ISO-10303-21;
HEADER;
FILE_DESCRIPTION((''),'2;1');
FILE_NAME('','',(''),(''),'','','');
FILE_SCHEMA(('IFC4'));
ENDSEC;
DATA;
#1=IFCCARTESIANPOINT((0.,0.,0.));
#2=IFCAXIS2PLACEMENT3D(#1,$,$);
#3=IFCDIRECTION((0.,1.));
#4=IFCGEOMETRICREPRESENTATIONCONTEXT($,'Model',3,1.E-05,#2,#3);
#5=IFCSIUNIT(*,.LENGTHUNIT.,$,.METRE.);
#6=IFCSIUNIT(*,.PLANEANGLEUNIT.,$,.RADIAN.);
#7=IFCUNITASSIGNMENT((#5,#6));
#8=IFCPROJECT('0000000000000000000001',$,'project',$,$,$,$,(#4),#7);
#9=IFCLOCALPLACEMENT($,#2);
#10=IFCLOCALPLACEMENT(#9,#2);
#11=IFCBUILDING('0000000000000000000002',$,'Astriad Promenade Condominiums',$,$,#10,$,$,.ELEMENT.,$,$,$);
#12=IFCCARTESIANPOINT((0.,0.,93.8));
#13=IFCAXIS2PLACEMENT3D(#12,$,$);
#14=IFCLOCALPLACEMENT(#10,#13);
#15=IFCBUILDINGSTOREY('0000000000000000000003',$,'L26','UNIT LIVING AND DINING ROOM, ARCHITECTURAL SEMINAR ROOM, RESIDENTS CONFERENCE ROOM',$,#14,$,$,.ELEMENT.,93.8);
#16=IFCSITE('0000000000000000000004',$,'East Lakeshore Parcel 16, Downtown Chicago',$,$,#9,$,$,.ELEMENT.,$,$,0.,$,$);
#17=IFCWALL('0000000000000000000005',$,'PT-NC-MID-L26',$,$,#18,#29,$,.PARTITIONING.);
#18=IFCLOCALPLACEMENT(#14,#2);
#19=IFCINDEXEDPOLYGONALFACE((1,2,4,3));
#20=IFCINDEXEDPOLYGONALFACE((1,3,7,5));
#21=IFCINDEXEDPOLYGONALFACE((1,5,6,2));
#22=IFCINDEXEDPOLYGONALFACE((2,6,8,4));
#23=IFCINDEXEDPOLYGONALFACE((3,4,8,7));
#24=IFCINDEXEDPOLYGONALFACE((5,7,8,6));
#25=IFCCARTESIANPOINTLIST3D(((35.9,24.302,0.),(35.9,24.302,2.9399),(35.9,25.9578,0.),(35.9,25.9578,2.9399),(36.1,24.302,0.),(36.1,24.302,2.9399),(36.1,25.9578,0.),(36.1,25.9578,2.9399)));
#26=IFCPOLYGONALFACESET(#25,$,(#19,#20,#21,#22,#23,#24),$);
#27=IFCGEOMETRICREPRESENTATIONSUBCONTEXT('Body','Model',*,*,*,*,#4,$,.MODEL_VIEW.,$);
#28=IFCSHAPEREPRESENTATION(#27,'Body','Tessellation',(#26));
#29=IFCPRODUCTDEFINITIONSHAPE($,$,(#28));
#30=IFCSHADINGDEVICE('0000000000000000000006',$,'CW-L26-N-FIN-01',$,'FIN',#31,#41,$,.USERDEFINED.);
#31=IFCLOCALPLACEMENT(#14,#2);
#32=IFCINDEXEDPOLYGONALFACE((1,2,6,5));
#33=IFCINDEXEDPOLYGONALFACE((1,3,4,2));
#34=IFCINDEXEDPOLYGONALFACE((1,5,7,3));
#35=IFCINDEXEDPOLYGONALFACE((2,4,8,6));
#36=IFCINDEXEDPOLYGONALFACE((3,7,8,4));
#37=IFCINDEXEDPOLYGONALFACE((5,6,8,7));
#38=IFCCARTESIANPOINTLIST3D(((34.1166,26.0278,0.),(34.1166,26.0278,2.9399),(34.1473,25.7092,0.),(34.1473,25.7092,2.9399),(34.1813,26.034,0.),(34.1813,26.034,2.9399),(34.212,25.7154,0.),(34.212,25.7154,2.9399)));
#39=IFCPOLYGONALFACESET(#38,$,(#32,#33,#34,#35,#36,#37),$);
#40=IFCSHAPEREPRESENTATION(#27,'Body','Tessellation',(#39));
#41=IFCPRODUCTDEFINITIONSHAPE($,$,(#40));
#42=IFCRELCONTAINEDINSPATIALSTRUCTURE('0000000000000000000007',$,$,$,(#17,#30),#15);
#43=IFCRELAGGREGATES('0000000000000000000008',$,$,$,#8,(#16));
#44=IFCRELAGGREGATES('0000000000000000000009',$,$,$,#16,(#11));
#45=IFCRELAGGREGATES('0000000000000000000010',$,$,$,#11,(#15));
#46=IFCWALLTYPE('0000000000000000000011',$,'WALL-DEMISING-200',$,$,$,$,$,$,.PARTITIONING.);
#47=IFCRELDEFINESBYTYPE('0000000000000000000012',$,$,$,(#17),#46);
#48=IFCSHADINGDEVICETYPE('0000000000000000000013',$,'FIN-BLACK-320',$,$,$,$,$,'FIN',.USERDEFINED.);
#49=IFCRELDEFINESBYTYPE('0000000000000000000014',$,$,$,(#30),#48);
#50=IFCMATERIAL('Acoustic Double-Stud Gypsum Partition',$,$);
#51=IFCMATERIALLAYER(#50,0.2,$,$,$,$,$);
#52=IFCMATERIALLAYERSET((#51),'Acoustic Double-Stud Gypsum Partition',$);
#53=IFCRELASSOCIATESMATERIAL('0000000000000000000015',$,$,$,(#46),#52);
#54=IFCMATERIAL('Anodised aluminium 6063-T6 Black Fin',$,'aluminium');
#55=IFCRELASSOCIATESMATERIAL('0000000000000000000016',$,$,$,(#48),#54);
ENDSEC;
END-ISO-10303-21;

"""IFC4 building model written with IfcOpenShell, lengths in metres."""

from ifc_helpers import new_model, si_unit, direction, frame, frame_2d, origin, origin_2d, place, context, subcontext, project, spatial, rectangle, extrude, source, transform, mapped, material, layer, layer_set, type_object, type_shapes, element, save


model = new_model("IFC4")

# Units and contexts
model_context = context("Model", 3, precision=1e-05, world=origin(), true_north=direction((0.0, 1.0)))
body_context = subcontext(model_context, "Body", "Model", "MODEL_VIEW")
ifc_project = project(units=[si_unit("LENGTHUNIT", "METRE"), si_unit("PLANEANGLEUNIT", "RADIAN")], contexts=[model_context])

# Site, building, storey
site_placement = place(None, origin())
site = spatial("IfcSite", under=ifc_project, at=site_placement, Name="East Lakeshore Parcel 16, Downtown Chicago", CompositionType="ELEMENT", RefElevation=0.0)
building_placement = place(site_placement, origin())
building = spatial("IfcBuilding", under=site, at=building_placement, Name="Astriad Promenade Condominiums", CompositionType="ELEMENT")
storey_placement = place(building_placement, frame((0.0, 0.0, 93.8)))
storey = spatial("IfcBuildingStorey", under=building, at=storey_placement, Name="L26", Description="UNIT LIVING AND DINING ROOM, ARCHITECTURAL SEMINAR ROOM, RESIDENTS CONFERENCE ROOM", CompositionType="ELEMENT", Elevation=93.8)

# Wall
ifc_material_1 = material(Name="Acoustic Double-Stud Gypsum Partition")
ifc_layer_1 = layer(ifc_material_1, 0.2)
ifc_layer_set_1 = layer_set([ifc_layer_1], Name="Acoustic Double-Stud Gypsum Partition")
wall_type_1 = type_object("IfcWallType", Name="WALL-DEMISING-200", PredefinedType="PARTITIONING", material=ifc_layer_set_1)
wall_1_placement = place(storey_placement, frame((36.0, 24.302, 0.0), z_axis=(0.0, 0.0, 1.0), x_axis=(0.0, 1.0, 0.0)))
element("IfcWall", 1, at=wall_1_placement, inside=storey, type_object=wall_type_1, Name="PT-NC-MID-L26", PredefinedType="PARTITIONING", context=body_context, shape_type="SweptSolid", body=[
    extrude(rectangle(XDim=1.6558, YDim=0.2, at=frame_2d((0.8279, 0.0))), origin(), (0.0, 0.0, 1.0), 2.9399),
])

# Shading device
ifc_material_2 = material(Name="Anodised aluminium 6063-T6 Black Fin", Category="aluminium")
shading_device_type = type_object("IfcShadingDeviceType", Name="FIN-BLACK-320", ElementType="FIN", PredefinedType="USERDEFINED", material=ifc_material_2)
shared_shape_1 = source(origin(), body_context, "Body", "SweptSolid", [
    extrude(rectangle(XDim=0.0649, YDim=0.3201, at=origin_2d()), origin(), (0.0, 0.0, 1.0), 2.9399),
])
type_shapes(shading_device_type, [shared_shape_1])
shading_device_placement = place(storey_placement, frame((34.1643, 25.8716, 0.0), z_axis=(0.0, 0.0, 1.0), x_axis=(0.995396, 0.095846, 0.0)))
element("IfcShadingDevice", 2, at=shading_device_placement, inside=storey, type_object=shading_device_type, Name="CW-L26-N-FIN-01", ObjectType="FIN", PredefinedType="USERDEFINED", context=body_context, shape_type="MappedRepresentation", body=[
    mapped(shared_shape_1, transform((0.0, 0.0, 0.0), scale=1.0)),
])

save(model, "model.ifc")
